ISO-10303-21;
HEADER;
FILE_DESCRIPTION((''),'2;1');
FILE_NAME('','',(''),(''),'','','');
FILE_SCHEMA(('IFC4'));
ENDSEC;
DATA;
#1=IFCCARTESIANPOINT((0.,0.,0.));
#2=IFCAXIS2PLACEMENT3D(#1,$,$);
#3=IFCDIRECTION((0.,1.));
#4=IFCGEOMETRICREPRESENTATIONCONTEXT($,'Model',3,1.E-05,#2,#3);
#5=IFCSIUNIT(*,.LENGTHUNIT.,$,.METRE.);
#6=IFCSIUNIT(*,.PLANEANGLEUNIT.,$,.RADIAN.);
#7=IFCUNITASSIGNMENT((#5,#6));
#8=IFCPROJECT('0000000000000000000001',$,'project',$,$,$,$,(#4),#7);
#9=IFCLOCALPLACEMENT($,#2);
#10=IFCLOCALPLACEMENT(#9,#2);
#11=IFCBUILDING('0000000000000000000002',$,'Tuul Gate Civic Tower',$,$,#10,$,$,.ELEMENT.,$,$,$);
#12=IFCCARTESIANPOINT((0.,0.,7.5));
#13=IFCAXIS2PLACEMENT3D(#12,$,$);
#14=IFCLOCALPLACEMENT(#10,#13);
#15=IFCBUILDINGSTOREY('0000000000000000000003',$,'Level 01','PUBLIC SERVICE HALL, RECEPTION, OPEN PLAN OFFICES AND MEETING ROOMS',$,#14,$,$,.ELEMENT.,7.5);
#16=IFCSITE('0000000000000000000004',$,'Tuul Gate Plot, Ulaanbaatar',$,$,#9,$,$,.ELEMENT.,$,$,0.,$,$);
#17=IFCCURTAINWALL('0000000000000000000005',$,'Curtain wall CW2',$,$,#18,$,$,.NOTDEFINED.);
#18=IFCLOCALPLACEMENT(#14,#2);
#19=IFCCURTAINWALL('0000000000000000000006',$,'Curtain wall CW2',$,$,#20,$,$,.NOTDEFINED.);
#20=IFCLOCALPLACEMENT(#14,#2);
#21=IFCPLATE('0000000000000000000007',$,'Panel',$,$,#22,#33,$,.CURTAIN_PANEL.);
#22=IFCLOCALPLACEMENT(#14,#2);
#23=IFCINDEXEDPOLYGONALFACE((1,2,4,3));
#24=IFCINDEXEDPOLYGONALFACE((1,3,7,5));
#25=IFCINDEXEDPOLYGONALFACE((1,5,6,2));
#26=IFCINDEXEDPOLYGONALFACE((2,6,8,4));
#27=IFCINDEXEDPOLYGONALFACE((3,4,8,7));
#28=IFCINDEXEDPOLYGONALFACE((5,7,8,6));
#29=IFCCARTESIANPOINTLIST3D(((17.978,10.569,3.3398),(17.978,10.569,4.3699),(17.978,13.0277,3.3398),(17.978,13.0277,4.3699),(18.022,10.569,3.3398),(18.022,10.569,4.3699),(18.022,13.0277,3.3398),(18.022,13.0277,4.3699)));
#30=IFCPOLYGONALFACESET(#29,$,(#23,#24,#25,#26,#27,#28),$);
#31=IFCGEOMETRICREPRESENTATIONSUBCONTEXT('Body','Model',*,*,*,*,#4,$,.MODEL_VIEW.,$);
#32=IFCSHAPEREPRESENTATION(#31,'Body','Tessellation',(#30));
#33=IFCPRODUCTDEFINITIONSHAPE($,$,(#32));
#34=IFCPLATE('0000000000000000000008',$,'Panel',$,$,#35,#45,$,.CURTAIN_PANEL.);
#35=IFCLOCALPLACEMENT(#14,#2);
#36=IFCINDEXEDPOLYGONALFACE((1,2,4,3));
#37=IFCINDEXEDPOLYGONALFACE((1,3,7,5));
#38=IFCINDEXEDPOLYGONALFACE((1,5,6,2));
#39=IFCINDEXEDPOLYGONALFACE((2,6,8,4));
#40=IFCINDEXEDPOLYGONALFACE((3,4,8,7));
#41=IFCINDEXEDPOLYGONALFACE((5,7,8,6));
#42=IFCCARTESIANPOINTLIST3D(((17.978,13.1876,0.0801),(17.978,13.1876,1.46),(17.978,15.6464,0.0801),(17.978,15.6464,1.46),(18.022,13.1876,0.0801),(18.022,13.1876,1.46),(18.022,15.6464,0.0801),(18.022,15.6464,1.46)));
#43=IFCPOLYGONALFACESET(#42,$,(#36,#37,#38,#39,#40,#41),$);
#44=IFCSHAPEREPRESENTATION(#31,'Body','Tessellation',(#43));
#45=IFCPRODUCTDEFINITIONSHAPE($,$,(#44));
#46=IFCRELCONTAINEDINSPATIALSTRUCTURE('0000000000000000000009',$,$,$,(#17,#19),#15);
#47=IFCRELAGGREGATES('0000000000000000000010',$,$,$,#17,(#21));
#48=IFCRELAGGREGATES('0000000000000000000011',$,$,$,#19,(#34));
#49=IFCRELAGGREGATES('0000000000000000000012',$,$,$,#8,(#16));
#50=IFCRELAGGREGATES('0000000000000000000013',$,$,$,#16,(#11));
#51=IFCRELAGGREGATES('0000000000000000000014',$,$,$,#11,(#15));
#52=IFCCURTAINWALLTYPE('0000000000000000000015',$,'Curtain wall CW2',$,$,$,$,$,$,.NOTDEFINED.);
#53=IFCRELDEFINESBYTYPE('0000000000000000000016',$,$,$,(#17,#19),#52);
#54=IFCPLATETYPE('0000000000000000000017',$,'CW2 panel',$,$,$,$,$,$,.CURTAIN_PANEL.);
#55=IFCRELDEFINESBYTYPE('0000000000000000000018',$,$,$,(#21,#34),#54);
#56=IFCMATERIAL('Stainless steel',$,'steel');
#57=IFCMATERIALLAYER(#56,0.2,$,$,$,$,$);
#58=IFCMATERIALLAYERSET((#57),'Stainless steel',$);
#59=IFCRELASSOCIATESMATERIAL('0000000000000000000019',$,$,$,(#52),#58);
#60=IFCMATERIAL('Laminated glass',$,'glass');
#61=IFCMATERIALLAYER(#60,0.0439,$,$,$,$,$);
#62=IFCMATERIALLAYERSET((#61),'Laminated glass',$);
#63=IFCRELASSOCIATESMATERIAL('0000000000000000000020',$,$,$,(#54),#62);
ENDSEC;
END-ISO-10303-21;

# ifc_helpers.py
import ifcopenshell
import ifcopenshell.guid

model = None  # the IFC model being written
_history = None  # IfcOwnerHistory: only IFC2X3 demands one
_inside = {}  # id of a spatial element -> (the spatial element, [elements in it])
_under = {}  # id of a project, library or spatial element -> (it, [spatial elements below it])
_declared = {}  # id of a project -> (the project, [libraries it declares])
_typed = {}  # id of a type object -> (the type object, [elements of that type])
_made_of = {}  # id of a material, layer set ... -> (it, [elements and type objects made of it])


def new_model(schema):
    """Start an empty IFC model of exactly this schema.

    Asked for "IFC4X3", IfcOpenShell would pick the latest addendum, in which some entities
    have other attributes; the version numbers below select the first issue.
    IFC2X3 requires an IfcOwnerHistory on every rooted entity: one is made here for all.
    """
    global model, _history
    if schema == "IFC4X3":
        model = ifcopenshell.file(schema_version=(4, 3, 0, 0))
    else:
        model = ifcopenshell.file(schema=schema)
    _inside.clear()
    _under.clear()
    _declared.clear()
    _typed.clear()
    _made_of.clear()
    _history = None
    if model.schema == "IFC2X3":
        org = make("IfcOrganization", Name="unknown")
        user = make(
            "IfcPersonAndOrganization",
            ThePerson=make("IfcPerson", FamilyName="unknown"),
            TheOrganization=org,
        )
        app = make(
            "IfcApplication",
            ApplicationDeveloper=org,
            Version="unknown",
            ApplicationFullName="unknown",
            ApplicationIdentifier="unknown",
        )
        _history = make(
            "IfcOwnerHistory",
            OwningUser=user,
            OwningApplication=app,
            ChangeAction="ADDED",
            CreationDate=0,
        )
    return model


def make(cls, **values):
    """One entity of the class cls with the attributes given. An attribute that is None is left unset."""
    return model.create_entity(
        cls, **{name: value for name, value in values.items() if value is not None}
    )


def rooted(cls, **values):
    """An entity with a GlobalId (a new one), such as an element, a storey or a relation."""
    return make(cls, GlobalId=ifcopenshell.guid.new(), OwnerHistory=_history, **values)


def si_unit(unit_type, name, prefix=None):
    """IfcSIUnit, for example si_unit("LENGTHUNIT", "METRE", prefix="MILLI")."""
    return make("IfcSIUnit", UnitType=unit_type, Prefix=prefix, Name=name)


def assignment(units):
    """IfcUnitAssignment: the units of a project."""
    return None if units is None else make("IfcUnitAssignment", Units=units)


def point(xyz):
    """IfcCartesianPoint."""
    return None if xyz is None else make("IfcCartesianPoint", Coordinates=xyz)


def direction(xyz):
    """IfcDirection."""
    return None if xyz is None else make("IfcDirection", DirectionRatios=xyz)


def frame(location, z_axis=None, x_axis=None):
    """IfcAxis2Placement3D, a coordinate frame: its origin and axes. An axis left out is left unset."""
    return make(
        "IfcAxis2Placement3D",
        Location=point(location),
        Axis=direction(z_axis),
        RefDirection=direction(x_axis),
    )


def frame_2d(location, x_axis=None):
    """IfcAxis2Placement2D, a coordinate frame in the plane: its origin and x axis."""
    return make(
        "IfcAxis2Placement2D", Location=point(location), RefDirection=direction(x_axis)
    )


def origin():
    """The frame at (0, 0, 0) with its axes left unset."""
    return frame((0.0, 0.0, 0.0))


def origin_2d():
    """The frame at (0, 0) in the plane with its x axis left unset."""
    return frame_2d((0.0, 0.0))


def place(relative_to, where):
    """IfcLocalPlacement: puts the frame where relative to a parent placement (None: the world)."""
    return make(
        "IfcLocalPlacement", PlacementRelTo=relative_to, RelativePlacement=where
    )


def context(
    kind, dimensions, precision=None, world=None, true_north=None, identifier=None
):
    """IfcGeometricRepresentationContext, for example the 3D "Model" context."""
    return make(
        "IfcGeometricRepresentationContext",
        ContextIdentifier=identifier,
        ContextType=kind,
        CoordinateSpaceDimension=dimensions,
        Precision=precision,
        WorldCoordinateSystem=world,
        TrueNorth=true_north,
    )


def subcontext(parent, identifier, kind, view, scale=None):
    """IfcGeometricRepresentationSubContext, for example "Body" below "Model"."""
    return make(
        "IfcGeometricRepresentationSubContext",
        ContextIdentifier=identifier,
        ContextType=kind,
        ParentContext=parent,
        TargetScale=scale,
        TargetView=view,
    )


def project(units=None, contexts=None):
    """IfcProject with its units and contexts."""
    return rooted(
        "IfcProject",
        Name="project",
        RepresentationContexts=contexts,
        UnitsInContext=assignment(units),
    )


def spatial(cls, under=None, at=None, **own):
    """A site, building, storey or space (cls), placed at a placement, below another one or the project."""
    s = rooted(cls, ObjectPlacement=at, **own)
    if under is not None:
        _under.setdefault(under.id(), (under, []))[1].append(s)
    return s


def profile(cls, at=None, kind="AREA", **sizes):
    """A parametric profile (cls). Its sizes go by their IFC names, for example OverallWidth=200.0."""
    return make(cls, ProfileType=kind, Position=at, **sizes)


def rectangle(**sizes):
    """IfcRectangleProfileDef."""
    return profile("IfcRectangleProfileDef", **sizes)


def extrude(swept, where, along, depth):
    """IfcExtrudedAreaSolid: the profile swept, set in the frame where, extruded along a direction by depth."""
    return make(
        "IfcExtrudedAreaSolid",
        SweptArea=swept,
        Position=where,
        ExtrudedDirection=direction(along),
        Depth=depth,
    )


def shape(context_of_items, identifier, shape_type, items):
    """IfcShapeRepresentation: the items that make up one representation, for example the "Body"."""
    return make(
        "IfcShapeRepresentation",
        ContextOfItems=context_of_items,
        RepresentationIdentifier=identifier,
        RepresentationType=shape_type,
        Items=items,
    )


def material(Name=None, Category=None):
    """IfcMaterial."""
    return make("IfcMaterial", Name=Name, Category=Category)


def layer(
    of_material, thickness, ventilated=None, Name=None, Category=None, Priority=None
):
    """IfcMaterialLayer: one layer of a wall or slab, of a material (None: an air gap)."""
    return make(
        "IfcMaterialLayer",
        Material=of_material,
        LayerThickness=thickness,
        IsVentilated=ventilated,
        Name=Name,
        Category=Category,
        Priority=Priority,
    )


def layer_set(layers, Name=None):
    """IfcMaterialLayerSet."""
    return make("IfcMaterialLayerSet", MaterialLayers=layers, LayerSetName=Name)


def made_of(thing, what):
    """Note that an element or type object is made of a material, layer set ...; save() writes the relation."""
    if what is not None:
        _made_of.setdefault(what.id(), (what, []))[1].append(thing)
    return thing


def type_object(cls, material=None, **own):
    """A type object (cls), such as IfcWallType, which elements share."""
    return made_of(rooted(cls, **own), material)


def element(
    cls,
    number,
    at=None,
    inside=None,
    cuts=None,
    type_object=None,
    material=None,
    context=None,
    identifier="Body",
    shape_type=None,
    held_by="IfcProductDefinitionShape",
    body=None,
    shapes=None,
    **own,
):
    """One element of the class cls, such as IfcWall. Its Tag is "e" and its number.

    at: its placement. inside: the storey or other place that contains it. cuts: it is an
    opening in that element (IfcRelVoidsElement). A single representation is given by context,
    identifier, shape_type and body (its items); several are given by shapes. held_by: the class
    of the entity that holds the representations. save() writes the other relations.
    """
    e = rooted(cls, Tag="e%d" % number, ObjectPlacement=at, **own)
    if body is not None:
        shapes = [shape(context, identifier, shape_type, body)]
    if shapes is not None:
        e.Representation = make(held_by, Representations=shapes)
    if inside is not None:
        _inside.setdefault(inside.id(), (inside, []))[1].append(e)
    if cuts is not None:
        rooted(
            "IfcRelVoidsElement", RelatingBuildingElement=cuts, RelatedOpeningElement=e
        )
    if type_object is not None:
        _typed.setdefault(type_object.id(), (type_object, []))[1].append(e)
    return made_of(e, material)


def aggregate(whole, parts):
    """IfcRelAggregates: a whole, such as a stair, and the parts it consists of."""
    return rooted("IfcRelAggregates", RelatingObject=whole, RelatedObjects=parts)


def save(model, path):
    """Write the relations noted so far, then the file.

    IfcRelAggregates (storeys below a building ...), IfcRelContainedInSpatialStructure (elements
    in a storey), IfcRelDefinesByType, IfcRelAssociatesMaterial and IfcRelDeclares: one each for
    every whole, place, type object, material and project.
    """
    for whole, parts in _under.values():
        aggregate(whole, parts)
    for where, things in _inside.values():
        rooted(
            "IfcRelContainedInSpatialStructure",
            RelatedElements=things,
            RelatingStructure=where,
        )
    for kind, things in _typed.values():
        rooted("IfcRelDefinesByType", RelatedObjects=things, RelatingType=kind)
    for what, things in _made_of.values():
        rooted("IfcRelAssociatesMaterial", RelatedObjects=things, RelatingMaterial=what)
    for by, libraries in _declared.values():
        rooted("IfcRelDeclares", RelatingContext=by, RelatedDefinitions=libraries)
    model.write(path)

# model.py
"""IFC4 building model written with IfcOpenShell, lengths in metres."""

from ifc_helpers import new_model, si_unit, direction, frame, origin, origin_2d, place, context, subcontext, project, spatial, rectangle, extrude, material, layer, layer_set, type_object, element, aggregate, save


model = new_model("IFC4")

# Units and contexts
model_context = context("Model", 3, precision=1e-05, world=origin(), true_north=direction((0.0, 1.0)))
body_context = subcontext(model_context, "Body", "Model", "MODEL_VIEW")
ifc_project = project(units=[si_unit("LENGTHUNIT", "METRE"), si_unit("PLANEANGLEUNIT", "RADIAN")], contexts=[model_context])

# Site, building, storey
site_placement = place(None, origin())
site = spatial("IfcSite", under=ifc_project, at=site_placement, Name="Tuul Gate Plot, Ulaanbaatar", CompositionType="ELEMENT", RefElevation=0.0)
building_placement = place(site_placement, origin())
building = spatial("IfcBuilding", under=site, at=building_placement, Name="Tuul Gate Civic Tower", CompositionType="ELEMENT")
storey_placement = place(building_placement, frame((0.0, 0.0, 7.5)))
storey = spatial("IfcBuildingStorey", under=building, at=storey_placement, Name="Level 01", Description="PUBLIC SERVICE HALL, RECEPTION, OPEN PLAN OFFICES AND MEETING ROOMS", CompositionType="ELEMENT", Elevation=7.5)

# Curtain wall
ifc_material_1 = material(Name="Stainless steel", Category="steel")
ifc_layer_1 = layer(ifc_material_1, 0.2)
ifc_layer_set_1 = layer_set([ifc_layer_1], Name="Stainless steel")
curtain_wall_type = type_object("IfcCurtainWallType", Name="Curtain wall CW2", PredefinedType="NOTDEFINED", material=ifc_layer_set_1)
curtain_wall_1_placement = place(storey_placement, origin())
curtain_wall_1 = element("IfcCurtainWall", 1, at=curtain_wall_1_placement, inside=storey, type_object=curtain_wall_type, Name="Curtain wall CW2", PredefinedType="NOTDEFINED")

# Curtain wall
curtain_wall_2_placement = place(storey_placement, origin())
curtain_wall_2 = element("IfcCurtainWall", 2, at=curtain_wall_2_placement, inside=storey, type_object=curtain_wall_type, Name="Curtain wall CW2", PredefinedType="NOTDEFINED")

# Plates
ifc_material_2 = material(Name="Laminated glass", Category="glass")
ifc_layer_2 = layer(ifc_material_2, 0.0439)
ifc_layer_set_2 = layer_set([ifc_layer_2], Name="Laminated glass")
plate_type = type_object("IfcPlateType", Name="CW2 panel", PredefinedType="CURTAIN_PANEL", material=ifc_layer_set_2)
plate_1_placement = place(storey_placement, frame((18.0, 11.7983, 3.3398), z_axis=(0.0, 0.0, 1.0), x_axis=(0.0, 1.0, 0.0)))
plate_1 = element("IfcPlate", 3, at=plate_1_placement, type_object=plate_type, Name="Panel", PredefinedType="CURTAIN_PANEL", context=body_context, shape_type="SweptSolid", body=[
    extrude(rectangle(XDim=2.4587, YDim=0.0439, at=origin_2d()), origin(), (0.0, 0.0, 1.0), 1.03),
])
aggregate(curtain_wall_1, [plate_1])
plate_2_placement = place(storey_placement, frame((18.0, 14.417, 0.0801), z_axis=(0.0, 0.0, 1.0), x_axis=(0.0, 1.0, 0.0)))
plate_2 = element("IfcPlate", 4, at=plate_2_placement, type_object=plate_type, Name="Panel", PredefinedType="CURTAIN_PANEL", context=body_context, shape_type="SweptSolid", body=[
    extrude(rectangle(XDim=2.4587, YDim=0.0439, at=origin_2d()), origin(), (0.0, 0.0, 1.0), 1.3799),
])
aggregate(curtain_wall_2, [plate_2])

save(model, "model.ifc")
